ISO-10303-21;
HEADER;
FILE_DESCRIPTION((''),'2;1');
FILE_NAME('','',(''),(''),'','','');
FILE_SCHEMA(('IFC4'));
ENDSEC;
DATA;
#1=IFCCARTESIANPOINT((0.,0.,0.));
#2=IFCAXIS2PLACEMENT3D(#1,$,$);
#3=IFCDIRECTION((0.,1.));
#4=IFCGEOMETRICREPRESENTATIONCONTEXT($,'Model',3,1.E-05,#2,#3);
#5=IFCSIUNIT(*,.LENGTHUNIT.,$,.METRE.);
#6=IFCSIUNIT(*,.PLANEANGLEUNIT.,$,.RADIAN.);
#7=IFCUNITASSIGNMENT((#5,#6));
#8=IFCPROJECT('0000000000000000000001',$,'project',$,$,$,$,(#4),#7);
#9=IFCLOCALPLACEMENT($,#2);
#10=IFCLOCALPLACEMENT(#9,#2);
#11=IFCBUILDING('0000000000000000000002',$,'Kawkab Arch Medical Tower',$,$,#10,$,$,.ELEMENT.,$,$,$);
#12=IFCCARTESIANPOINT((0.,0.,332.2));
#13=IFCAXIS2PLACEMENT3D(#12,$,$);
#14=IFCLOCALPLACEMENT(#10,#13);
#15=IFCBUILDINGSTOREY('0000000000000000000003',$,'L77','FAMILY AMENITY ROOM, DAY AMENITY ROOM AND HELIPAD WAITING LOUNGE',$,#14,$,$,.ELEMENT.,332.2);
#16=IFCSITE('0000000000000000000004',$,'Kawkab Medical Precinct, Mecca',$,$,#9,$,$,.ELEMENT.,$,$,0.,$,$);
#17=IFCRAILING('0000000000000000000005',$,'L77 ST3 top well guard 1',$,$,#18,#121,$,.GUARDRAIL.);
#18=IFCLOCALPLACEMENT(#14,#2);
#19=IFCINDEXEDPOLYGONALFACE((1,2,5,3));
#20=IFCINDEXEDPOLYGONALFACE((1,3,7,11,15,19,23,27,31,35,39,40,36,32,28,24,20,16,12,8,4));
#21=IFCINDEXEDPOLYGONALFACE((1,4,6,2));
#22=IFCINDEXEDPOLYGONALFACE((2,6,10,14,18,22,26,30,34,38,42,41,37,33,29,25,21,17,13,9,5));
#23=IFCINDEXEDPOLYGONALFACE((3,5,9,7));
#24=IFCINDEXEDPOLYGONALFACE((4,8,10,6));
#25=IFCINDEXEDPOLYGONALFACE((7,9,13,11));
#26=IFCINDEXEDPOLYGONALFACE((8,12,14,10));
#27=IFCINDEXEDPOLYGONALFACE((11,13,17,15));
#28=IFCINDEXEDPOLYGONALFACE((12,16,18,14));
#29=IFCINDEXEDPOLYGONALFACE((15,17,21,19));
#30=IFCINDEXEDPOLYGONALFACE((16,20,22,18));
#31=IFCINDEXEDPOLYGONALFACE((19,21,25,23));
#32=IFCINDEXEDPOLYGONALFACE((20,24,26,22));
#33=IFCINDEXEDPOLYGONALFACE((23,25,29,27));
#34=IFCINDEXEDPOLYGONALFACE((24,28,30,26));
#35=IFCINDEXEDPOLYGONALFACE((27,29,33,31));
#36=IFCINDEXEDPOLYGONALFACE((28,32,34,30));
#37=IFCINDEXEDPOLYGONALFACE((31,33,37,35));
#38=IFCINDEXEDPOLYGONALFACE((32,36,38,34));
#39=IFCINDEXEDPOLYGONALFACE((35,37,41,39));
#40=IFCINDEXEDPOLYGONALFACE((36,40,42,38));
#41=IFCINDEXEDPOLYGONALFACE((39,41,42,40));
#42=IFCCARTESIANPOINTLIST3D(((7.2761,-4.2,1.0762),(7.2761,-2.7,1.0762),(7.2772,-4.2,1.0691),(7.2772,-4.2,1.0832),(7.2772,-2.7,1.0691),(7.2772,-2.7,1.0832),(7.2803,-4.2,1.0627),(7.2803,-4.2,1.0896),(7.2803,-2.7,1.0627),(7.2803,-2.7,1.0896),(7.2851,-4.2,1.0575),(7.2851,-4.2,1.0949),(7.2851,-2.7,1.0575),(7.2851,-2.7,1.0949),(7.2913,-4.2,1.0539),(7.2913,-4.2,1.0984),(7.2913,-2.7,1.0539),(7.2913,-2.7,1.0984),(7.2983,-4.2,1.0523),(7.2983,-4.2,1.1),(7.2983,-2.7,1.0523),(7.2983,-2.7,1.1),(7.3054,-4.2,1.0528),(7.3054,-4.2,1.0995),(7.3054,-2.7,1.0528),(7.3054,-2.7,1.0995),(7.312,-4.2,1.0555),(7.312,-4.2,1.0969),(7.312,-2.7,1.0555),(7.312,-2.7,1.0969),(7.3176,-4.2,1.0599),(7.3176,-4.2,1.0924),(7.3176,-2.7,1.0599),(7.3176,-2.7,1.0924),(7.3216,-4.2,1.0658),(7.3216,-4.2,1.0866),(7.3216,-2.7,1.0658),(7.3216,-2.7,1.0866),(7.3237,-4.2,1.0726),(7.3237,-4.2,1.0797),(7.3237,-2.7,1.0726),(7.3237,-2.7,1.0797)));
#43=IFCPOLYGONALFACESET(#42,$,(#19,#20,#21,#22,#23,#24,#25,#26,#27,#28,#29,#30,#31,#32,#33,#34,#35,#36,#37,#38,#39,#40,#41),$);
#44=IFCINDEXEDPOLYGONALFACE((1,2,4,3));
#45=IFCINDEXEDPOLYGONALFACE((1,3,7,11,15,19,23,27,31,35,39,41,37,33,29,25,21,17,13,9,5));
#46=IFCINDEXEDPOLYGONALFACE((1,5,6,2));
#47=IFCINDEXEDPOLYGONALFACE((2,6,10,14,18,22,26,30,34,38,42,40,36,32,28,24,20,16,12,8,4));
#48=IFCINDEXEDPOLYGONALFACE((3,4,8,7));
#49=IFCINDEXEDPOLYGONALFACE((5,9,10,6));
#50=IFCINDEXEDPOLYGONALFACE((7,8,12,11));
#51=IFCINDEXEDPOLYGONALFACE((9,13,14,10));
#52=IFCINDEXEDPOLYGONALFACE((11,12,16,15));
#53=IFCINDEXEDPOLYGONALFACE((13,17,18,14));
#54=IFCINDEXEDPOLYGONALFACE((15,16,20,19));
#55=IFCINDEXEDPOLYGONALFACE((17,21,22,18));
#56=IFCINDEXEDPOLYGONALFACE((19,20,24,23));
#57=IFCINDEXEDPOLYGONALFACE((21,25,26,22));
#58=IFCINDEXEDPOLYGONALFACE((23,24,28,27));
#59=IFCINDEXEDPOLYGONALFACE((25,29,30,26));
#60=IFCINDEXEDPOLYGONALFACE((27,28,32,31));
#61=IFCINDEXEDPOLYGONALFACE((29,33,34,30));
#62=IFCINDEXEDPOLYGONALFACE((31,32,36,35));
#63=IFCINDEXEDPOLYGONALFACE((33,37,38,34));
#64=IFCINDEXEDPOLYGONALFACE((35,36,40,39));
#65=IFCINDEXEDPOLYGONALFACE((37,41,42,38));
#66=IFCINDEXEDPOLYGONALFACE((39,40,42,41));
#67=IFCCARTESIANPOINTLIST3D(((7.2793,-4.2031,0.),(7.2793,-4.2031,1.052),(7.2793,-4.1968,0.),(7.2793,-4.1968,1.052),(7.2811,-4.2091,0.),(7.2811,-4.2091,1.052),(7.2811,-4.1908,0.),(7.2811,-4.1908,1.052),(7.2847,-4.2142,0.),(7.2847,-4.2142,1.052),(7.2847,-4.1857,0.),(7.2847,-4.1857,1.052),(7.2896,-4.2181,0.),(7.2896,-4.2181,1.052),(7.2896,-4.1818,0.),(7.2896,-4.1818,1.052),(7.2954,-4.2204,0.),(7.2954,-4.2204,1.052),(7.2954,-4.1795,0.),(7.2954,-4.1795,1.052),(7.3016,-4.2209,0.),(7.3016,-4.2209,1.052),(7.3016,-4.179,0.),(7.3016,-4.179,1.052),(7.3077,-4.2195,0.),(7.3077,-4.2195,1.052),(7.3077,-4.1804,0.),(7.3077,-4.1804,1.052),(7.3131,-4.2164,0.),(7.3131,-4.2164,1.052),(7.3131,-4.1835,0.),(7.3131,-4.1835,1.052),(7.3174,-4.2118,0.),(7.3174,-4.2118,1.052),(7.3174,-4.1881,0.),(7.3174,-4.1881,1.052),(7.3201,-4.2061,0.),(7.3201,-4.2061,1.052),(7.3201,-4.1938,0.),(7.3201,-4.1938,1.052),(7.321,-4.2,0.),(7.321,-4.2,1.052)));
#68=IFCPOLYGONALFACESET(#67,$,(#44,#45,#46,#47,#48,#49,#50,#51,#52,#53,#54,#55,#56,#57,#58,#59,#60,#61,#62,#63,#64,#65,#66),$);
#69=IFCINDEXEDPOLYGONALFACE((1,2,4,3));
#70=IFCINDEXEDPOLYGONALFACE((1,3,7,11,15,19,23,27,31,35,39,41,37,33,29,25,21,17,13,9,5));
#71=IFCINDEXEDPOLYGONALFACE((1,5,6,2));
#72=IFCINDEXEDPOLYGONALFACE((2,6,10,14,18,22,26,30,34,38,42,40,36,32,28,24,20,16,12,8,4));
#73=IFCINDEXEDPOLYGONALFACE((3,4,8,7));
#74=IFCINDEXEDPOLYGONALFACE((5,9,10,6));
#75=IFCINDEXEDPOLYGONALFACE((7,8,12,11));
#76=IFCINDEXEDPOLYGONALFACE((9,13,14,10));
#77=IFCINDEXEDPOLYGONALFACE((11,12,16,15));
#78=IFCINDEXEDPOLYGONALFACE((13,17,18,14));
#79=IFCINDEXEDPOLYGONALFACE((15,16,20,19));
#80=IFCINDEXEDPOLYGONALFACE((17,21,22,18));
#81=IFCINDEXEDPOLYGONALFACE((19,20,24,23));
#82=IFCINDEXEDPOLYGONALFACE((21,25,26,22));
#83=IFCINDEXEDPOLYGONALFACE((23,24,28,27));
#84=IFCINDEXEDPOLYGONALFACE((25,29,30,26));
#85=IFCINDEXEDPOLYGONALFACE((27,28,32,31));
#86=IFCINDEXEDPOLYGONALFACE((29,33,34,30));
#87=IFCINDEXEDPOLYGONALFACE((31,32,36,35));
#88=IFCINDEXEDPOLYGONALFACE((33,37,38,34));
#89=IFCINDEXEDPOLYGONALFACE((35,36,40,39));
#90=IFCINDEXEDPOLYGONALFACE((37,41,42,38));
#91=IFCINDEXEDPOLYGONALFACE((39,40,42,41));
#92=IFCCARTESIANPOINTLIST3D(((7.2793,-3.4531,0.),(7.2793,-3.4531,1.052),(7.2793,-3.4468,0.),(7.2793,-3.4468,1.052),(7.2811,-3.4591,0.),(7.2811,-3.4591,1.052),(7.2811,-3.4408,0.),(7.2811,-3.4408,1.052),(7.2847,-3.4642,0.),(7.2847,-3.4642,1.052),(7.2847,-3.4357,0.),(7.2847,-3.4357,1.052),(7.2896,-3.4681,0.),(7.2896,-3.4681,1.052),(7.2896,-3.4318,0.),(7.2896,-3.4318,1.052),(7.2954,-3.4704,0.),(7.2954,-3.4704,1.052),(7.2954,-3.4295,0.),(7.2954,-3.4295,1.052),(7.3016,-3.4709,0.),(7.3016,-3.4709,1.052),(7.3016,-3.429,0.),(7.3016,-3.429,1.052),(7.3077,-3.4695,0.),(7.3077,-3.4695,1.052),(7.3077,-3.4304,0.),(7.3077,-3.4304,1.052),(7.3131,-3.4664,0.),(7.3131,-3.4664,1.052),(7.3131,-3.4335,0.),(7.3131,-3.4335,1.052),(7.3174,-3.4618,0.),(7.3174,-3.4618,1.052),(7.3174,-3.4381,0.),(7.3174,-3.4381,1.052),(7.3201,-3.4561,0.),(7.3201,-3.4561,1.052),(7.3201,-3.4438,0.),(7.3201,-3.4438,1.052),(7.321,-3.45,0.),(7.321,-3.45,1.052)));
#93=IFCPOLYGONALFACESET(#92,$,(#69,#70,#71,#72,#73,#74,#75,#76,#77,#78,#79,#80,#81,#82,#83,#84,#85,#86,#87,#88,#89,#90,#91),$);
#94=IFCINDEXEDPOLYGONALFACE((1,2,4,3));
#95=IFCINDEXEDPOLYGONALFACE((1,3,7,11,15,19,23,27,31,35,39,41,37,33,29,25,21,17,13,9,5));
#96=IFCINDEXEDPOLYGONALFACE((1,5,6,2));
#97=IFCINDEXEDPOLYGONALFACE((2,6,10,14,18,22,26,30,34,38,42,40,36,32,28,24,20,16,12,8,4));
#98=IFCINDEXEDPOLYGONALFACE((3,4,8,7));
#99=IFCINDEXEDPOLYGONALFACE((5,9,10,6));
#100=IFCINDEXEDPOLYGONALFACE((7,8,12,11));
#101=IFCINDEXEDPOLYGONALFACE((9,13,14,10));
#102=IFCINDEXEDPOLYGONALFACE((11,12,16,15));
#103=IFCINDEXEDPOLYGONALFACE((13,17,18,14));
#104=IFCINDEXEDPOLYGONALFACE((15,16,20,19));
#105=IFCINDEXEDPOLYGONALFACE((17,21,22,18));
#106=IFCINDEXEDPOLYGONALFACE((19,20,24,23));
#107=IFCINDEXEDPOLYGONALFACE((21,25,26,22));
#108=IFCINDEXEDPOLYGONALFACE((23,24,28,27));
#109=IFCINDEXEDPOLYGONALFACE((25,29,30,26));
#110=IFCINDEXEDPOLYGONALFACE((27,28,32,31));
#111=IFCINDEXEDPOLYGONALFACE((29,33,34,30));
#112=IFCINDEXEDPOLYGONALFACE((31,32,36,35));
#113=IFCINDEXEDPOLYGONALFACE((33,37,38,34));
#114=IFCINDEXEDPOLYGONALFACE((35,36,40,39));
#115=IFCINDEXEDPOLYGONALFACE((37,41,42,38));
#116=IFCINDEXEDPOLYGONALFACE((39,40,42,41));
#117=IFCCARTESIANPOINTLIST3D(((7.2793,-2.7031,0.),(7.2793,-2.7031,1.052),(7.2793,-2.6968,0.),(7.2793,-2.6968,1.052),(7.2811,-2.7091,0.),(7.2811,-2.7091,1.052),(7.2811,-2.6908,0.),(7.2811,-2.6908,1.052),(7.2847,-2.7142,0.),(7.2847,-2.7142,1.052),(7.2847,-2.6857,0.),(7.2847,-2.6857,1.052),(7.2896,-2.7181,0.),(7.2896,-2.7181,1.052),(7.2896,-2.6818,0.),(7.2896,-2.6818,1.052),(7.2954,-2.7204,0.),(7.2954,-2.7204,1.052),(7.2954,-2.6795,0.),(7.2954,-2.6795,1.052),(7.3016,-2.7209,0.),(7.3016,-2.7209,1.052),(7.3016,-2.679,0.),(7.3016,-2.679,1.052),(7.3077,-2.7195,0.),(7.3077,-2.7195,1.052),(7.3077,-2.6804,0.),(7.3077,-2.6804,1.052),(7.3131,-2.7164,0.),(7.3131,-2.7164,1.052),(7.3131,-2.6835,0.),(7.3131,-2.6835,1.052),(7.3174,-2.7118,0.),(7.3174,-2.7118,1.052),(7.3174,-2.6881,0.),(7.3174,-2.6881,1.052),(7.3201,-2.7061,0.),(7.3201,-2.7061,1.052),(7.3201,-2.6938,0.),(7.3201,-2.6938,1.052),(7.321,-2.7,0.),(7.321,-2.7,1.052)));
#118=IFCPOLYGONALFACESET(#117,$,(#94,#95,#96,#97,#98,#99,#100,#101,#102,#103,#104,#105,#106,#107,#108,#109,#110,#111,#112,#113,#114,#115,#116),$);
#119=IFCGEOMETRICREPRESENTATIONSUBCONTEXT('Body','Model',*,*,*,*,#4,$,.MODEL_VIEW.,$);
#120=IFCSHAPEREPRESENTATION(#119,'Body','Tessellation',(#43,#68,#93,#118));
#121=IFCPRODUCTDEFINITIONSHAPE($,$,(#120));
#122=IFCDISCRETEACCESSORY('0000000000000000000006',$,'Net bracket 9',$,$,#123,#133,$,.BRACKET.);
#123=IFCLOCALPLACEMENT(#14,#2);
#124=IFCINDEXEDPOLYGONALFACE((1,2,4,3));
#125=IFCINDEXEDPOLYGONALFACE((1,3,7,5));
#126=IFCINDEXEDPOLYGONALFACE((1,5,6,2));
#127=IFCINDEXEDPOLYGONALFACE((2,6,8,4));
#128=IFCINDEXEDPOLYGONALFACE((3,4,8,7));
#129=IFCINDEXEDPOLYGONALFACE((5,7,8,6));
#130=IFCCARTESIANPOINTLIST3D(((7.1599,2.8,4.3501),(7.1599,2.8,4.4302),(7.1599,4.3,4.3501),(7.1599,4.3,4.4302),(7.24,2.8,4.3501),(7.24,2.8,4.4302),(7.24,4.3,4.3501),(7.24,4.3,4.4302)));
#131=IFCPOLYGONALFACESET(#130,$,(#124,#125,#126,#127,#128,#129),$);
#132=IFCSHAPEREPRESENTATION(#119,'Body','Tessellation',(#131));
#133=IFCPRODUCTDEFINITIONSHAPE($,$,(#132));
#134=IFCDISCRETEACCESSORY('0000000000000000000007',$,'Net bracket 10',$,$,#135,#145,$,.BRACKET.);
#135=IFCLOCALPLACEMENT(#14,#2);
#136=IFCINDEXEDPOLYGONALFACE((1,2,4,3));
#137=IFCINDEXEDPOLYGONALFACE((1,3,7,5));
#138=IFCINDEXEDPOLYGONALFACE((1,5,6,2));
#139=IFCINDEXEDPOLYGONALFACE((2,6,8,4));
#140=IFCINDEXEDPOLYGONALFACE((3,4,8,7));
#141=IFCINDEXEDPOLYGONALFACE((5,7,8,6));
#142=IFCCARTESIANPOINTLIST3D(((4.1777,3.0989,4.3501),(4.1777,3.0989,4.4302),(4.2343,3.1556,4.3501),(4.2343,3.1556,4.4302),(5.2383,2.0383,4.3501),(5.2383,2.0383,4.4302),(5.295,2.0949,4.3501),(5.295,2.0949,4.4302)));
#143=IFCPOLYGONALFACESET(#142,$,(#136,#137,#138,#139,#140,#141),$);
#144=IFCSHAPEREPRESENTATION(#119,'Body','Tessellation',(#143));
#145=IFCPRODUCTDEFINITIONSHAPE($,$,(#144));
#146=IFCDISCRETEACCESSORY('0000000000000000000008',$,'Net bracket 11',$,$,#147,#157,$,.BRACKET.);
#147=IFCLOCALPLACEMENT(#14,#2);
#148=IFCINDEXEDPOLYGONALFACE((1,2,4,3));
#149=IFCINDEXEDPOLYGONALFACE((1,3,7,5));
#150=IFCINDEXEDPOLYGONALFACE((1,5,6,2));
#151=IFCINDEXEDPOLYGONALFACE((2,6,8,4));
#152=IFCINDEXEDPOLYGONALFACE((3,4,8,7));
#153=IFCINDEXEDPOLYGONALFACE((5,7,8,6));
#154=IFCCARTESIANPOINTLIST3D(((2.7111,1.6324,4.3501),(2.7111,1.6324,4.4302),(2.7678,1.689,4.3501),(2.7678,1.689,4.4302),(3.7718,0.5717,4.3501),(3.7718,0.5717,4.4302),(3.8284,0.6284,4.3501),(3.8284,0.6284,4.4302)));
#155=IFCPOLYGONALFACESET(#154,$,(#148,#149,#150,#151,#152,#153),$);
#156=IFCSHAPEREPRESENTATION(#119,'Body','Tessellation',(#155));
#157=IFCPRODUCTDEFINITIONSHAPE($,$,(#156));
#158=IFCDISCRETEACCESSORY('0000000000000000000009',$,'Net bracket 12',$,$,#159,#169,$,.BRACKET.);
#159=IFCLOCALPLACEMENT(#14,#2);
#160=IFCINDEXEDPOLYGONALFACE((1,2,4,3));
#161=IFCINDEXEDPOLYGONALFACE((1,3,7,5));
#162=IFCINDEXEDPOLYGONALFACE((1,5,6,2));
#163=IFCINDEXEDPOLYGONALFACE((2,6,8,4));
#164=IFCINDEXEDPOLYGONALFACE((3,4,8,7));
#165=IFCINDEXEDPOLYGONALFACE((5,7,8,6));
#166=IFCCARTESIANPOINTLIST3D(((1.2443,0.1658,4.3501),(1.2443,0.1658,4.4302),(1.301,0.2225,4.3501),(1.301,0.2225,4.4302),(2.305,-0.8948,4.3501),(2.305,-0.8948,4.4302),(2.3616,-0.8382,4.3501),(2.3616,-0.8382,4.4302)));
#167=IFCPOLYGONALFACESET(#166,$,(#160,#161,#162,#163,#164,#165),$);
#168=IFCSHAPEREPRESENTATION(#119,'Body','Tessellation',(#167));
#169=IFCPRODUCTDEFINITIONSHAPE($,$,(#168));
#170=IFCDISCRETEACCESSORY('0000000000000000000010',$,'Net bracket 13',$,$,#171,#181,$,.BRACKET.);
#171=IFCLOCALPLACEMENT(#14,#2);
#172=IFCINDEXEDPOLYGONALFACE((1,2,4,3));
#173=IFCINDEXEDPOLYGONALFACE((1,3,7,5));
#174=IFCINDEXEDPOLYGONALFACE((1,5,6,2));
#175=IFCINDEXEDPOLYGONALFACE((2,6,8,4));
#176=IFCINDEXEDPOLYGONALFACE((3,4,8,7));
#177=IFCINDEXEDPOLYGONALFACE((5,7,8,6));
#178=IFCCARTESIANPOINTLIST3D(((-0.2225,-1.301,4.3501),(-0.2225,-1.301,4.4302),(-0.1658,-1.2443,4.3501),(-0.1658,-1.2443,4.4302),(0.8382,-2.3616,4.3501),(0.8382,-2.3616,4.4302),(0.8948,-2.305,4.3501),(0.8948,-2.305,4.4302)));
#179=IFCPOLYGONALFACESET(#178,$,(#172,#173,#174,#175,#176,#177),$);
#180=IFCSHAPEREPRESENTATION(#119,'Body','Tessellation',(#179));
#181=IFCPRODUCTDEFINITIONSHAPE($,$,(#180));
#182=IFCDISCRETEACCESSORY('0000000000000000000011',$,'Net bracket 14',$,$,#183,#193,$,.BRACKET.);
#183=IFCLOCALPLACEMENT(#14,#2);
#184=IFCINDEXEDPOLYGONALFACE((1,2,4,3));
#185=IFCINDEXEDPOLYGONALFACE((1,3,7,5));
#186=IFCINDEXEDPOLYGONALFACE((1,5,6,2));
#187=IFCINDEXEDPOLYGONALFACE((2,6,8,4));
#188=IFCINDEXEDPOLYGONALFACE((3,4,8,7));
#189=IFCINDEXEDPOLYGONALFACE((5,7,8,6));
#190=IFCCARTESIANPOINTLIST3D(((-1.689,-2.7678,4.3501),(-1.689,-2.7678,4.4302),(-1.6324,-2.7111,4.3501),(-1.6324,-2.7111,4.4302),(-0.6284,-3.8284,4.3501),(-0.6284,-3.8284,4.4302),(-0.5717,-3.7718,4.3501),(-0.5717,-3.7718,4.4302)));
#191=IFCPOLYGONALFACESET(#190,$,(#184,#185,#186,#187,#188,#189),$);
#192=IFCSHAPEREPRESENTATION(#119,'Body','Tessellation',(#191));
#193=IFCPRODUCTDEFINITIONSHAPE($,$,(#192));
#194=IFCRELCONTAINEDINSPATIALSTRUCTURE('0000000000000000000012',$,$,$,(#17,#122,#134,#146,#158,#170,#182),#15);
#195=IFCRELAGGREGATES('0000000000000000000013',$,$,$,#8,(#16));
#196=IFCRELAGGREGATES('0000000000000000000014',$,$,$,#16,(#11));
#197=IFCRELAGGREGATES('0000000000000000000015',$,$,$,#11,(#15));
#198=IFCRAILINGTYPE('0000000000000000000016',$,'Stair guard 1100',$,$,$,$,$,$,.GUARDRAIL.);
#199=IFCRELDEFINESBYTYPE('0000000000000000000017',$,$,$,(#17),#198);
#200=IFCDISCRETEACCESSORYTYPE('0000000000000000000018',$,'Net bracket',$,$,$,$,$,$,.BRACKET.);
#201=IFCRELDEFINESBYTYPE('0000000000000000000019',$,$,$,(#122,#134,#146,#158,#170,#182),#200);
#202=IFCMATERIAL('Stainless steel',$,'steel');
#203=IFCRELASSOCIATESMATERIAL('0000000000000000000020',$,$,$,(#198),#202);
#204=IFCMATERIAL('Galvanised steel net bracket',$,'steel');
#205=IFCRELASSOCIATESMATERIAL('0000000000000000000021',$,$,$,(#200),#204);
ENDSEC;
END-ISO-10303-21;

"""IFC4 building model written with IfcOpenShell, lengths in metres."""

from ifc_helpers import new_model, si_unit, direction, frame, origin, origin_2d, place, context, subcontext, project, spatial, rectangle, circle, extrude, material, type_object, element, save


model = new_model("IFC4")

# Units and contexts
model_context = context("Model", 3, precision=1e-05, world=origin(), true_north=direction((0.0, 1.0)))
body_context = subcontext(model_context, "Body", "Model", "MODEL_VIEW")
ifc_project = project(units=[si_unit("LENGTHUNIT", "METRE"), si_unit("PLANEANGLEUNIT", "RADIAN")], contexts=[model_context])

# Site, building, storey
site_placement = place(None, origin())
site = spatial("IfcSite", under=ifc_project, at=site_placement, Name="Kawkab Medical Precinct, Mecca", CompositionType="ELEMENT", RefElevation=0.0)
building_placement = place(site_placement, origin())
building = spatial("IfcBuilding", under=site, at=building_placement, Name="Kawkab Arch Medical Tower", CompositionType="ELEMENT")
storey_placement = place(building_placement, frame((0.0, 0.0, 332.2)))
storey = spatial("IfcBuildingStorey", under=building, at=storey_placement, Name="L77", Description="FAMILY AMENITY ROOM, DAY AMENITY ROOM AND HELIPAD WAITING LOUNGE", CompositionType="ELEMENT", Elevation=332.2)

# Railing
ifc_material_1 = material(Name="Stainless steel", Category="steel")
railing_type = type_object("IfcRailingType", Name="Stair guard 1100", PredefinedType="GUARDRAIL", material=ifc_material_1)
railing_placement = place(storey_placement, frame((7.3, -4.2, 0.0)))
element("IfcRailing", 1, at=railing_placement, inside=storey, type_object=railing_type, Name="L77 ST3 top well guard 1", PredefinedType="GUARDRAIL", context=body_context, shape_type="SweptSolid", body=[
    extrude(circle(Radius=0.0239, at=origin_2d()), frame((0.0, 0.0, 1.0762), z_axis=(0.0, 1.0, 0.0), x_axis=(-1.0, 0.0, 0.0)), (0.0, 0.0, 1.0), 1.5),
    extrude(circle(Radius=0.021, at=origin_2d()), origin(), (0.0, 0.0, 1.0), 1.052),
    extrude(circle(Radius=0.021, at=origin_2d()), frame((0.0, 0.75, 0.0)), (0.0, 0.0, 1.0), 1.052),
    extrude(circle(Radius=0.021, at=origin_2d()), frame((0.0, 1.5, 0.0)), (0.0, 0.0, 1.0), 1.052),
])

# Discrete accessories
ifc_material_2 = material(Name="Galvanised steel net bracket", Category="steel")
discrete_accessory_type = type_object("IfcDiscreteAccessoryType", Name="Net bracket", PredefinedType="BRACKET", material=ifc_material_2)
for number, where, z_axis, x_axis, name in (
    (2, (7.2, 3.55, 4.3501), (0.0, 0.0, 1.0), (0.0, 1.0, 0.0), "Net bracket 9"),
    (3, (4.7363, 2.5969, 4.3501), (0.0, 0.0, 1.0), (-0.707107, 0.707107, 0.0), "Net bracket 10"),
    (4, (3.2698, 1.1304, 4.3501), (0.0, 0.0, 1.0), (-0.707107, 0.707107, 0.0), "Net bracket 11"),
    (5, (1.803, -0.3362, 4.3501), (0.0, 0.0, 1.0), (-0.707107, 0.707107, 0.0), "Net bracket 12"),
    (6, (0.3362, -1.803, 4.3501), (0.0, 0.0, 1.0), (-0.707107, 0.707107, 0.0), "Net bracket 13"),
    (7, (-1.1304, -3.2698, 4.3501), (0.0, 0.0, 1.0), (-0.707107, 0.707107, 0.0), "Net bracket 14"),
):
    element("IfcDiscreteAccessory", number, at=place(storey_placement, frame(where, z_axis=z_axis, x_axis=x_axis)), inside=storey, type_object=discrete_accessory_type, Name=name, PredefinedType="BRACKET", context=body_context, shape_type="SweptSolid", body=[
        extrude(rectangle(XDim=1.5, YDim=0.0801, at=origin_2d()), origin(), (0.0, 0.0, 1.0), 0.0801),
    ])

save(model, "model.ifc")
